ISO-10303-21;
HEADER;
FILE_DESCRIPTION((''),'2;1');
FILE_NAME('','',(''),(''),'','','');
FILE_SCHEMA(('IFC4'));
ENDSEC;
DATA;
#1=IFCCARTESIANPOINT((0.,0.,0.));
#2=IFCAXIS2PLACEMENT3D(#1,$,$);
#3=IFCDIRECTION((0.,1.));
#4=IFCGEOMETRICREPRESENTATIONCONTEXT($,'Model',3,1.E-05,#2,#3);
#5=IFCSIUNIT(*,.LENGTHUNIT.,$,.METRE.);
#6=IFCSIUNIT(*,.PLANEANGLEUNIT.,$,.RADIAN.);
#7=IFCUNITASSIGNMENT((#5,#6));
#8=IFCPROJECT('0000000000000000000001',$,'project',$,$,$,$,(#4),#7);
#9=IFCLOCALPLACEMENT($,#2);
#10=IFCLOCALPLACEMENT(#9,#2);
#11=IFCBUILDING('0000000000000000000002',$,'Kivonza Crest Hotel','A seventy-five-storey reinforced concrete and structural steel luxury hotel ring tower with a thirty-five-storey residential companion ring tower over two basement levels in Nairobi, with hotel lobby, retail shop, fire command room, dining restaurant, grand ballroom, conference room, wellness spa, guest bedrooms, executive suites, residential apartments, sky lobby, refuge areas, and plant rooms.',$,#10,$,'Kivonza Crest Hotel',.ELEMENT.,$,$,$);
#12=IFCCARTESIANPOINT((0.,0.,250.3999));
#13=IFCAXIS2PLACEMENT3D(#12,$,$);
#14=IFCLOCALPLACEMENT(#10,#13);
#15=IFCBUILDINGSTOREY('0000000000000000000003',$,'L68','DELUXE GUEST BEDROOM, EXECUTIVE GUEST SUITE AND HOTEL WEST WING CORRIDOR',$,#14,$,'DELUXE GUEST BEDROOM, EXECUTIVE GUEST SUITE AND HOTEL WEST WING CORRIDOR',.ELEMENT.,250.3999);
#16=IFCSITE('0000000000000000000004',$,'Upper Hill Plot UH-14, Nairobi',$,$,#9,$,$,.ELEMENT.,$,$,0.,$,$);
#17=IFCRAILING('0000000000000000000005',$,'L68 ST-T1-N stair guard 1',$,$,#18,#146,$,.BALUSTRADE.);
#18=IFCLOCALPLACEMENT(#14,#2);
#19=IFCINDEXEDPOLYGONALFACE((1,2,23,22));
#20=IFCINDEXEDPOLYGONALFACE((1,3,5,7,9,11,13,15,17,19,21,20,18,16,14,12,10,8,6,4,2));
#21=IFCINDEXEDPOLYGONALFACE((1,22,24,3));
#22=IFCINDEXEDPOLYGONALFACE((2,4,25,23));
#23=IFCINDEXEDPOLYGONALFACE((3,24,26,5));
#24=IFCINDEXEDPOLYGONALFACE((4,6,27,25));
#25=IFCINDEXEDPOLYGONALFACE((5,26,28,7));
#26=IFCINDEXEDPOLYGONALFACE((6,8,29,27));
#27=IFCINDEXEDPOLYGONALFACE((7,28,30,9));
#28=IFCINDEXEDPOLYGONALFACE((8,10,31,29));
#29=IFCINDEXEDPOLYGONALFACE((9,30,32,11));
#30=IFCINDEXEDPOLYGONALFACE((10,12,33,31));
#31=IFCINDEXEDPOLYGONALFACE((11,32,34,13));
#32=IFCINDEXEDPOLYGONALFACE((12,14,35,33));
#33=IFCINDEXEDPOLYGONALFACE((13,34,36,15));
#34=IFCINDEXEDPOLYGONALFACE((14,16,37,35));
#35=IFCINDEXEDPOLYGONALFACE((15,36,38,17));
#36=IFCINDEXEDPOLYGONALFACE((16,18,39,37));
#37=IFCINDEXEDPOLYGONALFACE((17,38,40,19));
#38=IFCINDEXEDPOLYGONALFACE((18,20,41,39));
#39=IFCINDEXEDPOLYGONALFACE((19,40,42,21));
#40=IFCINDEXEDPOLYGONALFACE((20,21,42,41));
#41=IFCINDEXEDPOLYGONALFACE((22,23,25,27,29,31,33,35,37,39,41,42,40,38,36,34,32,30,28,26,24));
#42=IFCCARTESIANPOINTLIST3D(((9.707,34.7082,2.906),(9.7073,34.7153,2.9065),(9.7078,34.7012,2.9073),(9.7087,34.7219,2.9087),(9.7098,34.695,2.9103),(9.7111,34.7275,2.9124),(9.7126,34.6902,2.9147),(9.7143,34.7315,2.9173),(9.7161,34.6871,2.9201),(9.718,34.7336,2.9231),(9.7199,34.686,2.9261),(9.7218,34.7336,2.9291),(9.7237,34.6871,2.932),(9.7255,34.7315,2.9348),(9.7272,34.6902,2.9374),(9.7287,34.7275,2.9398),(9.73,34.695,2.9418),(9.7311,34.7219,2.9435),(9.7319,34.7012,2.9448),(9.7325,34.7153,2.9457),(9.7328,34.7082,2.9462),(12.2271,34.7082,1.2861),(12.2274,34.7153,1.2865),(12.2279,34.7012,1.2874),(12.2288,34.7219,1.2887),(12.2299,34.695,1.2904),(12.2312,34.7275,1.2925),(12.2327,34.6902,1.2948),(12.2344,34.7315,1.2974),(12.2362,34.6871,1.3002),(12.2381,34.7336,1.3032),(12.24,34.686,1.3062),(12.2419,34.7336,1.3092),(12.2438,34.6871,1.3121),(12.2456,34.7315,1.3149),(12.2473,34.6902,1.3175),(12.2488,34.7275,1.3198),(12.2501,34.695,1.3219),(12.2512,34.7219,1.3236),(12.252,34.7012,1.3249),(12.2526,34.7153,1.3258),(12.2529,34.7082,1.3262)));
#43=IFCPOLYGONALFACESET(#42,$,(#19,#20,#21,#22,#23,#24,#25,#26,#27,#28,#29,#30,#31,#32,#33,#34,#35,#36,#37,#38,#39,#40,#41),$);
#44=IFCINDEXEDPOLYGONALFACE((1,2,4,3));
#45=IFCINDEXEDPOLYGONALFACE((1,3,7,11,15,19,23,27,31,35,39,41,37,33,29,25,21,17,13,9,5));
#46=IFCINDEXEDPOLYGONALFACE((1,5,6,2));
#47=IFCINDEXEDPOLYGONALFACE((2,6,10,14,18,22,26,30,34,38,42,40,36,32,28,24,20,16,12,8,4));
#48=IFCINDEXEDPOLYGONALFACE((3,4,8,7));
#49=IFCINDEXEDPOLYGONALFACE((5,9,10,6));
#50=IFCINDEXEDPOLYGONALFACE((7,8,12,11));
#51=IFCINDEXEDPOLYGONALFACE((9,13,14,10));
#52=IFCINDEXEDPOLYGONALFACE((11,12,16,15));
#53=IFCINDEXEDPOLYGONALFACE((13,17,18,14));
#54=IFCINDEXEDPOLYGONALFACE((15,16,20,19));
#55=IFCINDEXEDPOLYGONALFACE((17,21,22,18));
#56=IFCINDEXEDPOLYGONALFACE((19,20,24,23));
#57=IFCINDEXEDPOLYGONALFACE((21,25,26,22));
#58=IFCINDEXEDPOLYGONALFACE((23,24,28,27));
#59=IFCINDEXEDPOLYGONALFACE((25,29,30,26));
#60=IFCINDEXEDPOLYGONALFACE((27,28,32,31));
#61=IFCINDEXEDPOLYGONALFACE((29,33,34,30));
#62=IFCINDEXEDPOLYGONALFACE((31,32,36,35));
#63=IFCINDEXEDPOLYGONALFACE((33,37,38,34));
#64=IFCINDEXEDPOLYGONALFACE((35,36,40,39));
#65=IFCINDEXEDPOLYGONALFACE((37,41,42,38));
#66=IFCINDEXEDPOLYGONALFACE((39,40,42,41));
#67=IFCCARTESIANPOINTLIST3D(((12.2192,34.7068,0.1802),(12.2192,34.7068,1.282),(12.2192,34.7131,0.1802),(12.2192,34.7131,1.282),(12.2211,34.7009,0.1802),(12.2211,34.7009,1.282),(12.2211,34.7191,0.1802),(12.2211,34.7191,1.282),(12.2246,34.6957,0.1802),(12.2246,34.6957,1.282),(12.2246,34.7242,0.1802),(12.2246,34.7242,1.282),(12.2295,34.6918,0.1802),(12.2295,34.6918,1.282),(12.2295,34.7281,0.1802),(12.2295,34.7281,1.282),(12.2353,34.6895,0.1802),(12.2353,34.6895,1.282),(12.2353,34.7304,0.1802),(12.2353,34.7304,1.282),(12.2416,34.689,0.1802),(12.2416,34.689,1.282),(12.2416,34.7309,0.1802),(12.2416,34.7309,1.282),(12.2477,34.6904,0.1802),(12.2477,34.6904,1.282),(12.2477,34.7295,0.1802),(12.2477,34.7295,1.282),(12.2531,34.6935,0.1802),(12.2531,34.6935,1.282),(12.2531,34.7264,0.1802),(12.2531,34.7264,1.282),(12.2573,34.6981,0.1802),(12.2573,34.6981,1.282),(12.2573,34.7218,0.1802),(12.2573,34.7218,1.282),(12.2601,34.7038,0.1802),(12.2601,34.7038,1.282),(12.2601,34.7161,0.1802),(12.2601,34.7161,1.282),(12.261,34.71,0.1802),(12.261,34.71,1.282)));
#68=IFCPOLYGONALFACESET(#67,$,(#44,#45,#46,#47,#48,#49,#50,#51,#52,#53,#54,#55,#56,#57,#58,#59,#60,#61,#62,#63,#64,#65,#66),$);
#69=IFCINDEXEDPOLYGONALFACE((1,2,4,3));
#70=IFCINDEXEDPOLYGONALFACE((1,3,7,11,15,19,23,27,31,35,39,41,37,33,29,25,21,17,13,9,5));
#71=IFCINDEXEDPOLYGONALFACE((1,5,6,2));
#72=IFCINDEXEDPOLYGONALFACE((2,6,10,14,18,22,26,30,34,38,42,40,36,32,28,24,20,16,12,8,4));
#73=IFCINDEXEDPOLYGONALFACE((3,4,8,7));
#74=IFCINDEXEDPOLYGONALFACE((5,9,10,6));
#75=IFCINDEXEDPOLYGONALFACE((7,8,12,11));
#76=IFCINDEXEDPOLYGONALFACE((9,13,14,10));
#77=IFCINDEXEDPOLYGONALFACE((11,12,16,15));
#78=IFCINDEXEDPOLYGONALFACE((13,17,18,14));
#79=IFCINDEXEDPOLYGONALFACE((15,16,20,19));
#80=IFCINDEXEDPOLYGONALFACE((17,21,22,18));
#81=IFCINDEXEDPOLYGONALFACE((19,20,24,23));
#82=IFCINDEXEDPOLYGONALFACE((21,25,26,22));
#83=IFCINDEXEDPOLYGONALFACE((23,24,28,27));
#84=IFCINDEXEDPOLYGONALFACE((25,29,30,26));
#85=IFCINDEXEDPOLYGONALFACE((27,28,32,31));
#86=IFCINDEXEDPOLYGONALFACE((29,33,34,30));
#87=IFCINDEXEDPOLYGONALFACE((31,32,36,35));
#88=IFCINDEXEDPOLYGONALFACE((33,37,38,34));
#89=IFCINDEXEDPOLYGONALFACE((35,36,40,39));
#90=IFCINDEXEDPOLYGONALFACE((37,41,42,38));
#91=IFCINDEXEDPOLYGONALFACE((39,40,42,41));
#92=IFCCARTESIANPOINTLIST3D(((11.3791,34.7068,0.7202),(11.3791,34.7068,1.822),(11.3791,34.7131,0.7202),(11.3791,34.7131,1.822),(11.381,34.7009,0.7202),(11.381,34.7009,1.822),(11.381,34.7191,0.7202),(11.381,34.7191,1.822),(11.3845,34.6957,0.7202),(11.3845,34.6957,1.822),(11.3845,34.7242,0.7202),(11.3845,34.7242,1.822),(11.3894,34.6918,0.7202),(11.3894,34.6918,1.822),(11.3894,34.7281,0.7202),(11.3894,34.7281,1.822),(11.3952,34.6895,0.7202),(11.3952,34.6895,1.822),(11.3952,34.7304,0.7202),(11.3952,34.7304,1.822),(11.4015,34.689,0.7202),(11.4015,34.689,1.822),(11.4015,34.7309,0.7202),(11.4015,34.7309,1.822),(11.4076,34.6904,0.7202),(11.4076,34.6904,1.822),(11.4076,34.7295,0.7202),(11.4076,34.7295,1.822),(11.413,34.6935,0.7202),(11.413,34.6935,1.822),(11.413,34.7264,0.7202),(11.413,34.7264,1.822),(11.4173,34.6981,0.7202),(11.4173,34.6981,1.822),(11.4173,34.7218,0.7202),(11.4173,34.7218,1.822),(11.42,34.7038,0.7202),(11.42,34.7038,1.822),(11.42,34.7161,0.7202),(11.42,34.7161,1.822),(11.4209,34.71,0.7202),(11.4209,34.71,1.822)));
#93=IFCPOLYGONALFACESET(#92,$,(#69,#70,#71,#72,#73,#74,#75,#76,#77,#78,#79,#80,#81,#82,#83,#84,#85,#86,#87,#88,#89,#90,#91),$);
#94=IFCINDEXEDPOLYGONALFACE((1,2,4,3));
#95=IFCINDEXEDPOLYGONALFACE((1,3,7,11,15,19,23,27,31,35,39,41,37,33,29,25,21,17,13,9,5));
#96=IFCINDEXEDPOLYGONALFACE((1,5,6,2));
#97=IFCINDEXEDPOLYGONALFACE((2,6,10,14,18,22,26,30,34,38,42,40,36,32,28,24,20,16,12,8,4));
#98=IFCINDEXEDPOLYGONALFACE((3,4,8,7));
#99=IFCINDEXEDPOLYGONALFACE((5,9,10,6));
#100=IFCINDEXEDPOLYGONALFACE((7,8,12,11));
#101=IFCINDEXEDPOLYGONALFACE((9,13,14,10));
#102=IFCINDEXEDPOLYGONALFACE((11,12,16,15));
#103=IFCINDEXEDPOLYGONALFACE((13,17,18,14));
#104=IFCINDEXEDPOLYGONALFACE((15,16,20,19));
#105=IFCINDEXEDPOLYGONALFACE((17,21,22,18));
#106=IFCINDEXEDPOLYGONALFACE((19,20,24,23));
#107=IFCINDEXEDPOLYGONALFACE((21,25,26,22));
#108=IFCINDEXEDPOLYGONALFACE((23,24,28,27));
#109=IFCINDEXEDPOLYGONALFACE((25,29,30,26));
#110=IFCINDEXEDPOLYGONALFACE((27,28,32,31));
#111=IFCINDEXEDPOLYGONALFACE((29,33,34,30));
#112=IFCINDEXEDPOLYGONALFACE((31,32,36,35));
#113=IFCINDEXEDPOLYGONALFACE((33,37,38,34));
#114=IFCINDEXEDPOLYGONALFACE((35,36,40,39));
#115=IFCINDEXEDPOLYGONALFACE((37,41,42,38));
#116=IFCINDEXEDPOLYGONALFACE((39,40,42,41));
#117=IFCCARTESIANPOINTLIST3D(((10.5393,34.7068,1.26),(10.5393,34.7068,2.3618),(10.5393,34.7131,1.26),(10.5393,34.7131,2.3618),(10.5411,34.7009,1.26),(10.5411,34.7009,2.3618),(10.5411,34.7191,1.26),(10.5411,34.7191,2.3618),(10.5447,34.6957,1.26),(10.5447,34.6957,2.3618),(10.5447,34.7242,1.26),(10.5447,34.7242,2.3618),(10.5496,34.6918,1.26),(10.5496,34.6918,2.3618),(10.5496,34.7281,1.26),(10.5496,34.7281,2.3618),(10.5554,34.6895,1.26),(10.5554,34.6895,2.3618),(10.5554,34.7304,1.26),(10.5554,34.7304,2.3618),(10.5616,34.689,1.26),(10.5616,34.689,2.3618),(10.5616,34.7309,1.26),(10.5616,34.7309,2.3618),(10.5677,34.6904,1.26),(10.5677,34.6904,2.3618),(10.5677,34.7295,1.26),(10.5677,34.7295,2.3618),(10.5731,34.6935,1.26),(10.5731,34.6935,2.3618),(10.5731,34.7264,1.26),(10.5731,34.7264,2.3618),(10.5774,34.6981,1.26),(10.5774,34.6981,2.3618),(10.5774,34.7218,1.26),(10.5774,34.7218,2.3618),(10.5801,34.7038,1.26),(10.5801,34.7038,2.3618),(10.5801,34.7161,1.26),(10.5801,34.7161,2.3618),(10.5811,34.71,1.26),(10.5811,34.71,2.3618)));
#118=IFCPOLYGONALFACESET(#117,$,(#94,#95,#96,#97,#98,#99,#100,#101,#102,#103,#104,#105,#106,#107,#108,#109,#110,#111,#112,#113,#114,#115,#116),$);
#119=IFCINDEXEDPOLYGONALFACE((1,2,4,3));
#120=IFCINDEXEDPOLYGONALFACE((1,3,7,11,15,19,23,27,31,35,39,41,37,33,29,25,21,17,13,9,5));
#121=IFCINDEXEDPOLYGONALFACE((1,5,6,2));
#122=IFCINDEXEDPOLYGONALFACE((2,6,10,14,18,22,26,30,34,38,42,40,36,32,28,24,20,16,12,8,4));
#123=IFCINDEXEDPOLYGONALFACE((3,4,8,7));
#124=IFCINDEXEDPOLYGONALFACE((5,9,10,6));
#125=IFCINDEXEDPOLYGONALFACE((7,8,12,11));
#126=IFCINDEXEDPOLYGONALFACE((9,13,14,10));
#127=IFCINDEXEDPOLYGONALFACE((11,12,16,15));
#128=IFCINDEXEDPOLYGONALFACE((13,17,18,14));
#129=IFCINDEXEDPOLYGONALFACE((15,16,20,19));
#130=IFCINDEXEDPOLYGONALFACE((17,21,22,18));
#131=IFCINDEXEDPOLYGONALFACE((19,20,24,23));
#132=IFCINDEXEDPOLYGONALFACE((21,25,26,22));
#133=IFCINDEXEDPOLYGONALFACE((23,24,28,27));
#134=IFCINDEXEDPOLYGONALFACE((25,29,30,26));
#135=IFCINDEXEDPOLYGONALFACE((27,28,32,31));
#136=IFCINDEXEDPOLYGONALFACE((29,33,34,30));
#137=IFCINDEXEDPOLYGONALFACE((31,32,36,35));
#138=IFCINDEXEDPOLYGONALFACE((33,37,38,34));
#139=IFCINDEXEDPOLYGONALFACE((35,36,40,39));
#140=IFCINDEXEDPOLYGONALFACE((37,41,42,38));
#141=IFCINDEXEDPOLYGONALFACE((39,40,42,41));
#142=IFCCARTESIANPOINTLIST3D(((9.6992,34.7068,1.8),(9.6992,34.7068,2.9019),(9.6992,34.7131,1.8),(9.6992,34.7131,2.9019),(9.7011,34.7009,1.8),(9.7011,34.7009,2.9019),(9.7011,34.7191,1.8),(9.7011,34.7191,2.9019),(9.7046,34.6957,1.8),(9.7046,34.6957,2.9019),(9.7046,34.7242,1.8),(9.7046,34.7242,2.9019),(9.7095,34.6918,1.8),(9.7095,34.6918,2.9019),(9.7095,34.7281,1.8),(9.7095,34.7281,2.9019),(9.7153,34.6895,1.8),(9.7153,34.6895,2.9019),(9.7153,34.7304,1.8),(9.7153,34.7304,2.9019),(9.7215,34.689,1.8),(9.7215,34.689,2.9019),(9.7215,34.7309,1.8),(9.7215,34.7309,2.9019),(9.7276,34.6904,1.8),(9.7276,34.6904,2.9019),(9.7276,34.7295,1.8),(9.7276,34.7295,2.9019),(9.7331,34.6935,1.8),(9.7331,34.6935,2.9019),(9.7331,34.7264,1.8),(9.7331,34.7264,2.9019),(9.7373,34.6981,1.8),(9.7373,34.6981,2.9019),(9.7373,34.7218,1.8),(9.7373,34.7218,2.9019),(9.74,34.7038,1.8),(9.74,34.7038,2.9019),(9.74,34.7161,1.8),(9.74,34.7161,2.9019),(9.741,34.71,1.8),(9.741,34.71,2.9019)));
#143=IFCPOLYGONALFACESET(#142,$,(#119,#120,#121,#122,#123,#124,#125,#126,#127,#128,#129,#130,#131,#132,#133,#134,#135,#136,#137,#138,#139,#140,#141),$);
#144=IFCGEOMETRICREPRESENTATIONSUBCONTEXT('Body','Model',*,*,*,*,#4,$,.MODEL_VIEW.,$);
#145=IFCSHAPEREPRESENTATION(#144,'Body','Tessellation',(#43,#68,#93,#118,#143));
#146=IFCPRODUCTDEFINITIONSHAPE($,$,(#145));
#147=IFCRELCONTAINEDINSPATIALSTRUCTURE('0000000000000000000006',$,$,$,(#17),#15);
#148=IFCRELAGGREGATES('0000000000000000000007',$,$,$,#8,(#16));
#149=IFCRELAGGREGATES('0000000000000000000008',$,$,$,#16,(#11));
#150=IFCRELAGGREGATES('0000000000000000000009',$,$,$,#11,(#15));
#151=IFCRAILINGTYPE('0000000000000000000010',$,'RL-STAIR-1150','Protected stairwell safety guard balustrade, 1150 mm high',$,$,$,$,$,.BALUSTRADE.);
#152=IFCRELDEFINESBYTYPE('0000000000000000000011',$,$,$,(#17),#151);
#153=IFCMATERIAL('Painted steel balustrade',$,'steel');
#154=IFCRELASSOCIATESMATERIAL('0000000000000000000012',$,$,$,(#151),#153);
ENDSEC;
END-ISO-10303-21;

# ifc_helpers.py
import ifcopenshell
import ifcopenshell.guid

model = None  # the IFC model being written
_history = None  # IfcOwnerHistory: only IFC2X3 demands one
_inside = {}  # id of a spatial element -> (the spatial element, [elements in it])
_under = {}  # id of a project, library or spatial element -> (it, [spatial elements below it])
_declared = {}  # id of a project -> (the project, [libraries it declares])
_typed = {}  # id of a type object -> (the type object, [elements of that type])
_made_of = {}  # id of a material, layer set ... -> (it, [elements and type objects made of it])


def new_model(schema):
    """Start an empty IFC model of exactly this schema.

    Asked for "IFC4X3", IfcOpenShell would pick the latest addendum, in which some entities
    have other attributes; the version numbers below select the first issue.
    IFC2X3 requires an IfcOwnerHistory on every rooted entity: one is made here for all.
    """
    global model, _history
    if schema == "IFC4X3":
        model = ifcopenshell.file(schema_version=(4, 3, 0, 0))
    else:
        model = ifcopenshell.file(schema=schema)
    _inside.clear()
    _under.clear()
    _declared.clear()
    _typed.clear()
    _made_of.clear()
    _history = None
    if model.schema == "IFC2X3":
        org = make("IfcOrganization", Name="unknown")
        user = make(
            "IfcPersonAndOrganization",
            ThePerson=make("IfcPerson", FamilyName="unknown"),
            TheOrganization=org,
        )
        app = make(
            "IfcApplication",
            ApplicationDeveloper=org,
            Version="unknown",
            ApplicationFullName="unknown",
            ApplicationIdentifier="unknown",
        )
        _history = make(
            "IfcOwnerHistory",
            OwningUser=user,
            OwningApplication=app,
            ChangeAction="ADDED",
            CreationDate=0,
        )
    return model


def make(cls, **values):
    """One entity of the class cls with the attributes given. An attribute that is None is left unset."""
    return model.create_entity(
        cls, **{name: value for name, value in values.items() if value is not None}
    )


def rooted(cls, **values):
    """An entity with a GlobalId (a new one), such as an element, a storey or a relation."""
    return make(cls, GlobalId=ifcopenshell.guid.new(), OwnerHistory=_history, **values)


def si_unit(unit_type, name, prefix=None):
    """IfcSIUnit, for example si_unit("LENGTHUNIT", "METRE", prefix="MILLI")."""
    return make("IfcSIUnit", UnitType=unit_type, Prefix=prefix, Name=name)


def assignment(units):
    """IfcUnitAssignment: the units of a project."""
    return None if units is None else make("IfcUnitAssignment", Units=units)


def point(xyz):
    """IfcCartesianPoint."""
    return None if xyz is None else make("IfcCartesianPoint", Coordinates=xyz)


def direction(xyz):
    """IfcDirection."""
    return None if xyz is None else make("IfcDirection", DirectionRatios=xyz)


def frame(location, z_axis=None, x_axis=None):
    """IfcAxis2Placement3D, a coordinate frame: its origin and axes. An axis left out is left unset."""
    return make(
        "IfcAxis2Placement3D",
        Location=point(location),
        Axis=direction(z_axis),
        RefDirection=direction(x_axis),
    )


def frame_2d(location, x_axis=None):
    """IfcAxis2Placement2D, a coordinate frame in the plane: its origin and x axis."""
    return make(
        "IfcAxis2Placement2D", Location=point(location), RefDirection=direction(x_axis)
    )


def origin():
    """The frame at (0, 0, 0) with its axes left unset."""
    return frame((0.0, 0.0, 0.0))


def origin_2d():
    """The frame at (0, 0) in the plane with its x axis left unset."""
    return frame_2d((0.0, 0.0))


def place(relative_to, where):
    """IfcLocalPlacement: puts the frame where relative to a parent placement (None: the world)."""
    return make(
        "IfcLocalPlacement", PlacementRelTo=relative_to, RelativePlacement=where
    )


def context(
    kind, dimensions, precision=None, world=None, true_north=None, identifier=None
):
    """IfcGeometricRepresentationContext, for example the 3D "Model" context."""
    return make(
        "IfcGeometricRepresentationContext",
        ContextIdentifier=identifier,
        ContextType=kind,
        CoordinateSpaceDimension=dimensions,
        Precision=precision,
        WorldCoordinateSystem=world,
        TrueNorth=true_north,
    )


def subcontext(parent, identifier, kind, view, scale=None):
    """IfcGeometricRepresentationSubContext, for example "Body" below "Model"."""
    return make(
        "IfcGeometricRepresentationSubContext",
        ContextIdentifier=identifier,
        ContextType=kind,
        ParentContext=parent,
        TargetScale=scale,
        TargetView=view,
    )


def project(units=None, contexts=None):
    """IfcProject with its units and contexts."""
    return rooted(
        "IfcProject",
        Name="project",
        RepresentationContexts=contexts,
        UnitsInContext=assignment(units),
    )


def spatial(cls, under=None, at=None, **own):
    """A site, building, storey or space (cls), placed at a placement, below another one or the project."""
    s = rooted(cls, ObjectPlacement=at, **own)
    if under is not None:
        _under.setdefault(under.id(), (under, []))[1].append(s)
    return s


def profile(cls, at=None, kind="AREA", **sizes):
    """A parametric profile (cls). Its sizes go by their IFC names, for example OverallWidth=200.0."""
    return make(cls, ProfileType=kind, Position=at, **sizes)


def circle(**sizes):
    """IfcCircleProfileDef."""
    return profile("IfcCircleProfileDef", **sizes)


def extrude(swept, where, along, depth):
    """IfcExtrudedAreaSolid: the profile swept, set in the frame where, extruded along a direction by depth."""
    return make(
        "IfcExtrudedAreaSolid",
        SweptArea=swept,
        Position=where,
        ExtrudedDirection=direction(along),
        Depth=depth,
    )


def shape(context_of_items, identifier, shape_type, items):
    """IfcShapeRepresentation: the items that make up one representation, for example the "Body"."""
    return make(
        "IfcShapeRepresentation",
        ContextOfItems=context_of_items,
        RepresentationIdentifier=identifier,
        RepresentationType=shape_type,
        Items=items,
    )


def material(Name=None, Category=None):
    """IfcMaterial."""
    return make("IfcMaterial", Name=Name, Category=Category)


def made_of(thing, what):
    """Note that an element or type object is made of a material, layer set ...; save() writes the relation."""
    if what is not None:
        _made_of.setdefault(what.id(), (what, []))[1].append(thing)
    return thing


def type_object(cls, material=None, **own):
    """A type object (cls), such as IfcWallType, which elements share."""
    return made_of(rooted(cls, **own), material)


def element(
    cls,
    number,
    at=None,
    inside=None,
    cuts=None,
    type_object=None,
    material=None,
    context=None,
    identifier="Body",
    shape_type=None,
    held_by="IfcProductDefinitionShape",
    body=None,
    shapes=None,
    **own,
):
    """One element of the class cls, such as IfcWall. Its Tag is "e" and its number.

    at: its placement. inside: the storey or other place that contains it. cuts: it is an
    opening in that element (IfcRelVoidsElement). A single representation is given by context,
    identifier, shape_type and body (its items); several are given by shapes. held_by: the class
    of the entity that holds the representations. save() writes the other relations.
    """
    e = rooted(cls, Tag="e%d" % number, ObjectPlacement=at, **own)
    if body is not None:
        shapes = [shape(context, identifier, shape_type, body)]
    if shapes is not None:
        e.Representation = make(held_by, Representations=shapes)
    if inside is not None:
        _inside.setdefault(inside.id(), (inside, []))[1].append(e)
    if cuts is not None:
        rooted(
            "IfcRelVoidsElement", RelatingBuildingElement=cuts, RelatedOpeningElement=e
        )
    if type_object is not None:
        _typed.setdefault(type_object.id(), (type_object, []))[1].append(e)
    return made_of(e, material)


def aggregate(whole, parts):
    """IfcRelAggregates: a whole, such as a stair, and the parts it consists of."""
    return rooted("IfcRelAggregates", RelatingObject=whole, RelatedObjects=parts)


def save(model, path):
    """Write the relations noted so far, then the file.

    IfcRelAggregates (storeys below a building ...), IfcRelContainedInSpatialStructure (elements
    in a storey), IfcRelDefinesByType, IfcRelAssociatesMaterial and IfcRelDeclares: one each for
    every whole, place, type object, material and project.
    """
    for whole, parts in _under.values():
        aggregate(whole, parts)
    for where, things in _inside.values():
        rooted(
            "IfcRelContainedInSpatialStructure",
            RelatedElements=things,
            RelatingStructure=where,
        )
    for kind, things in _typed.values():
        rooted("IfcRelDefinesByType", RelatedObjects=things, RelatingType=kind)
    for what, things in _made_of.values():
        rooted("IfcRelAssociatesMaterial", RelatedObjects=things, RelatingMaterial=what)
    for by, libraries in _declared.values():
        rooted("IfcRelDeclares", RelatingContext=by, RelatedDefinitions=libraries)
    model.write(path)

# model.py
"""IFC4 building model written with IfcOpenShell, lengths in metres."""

from ifc_helpers import new_model, si_unit, direction, frame, origin, origin_2d, place, context, subcontext, project, spatial, circle, extrude, material, type_object, element, save


model = new_model("IFC4")

# Units and contexts
model_context = context("Model", 3, precision=1e-05, world=origin(), true_north=direction((0.0, 1.0)))
body_context = subcontext(model_context, "Body", "Model", "MODEL_VIEW")
ifc_project = project(units=[si_unit("LENGTHUNIT", "METRE"), si_unit("PLANEANGLEUNIT", "RADIAN")], contexts=[model_context])

# Site, building, storey
site_placement = place(None, origin())
site = spatial("IfcSite", under=ifc_project, at=site_placement, Name="Upper Hill Plot UH-14, Nairobi", CompositionType="ELEMENT", RefElevation=0.0)
building_placement = place(site_placement, origin())
building = spatial("IfcBuilding", under=site, at=building_placement, Name="Kivonza Crest Hotel", Description="A seventy-five-storey reinforced concrete and structural steel luxury hotel ring tower with a thirty-five-storey residential companion ring tower over two basement levels in Nairobi, with hotel lobby, retail shop, fire command room, dining restaurant, grand ballroom, conference room, wellness spa, guest bedrooms, executive suites, residential apartments, sky lobby, refuge areas, and plant rooms.", LongName="Kivonza Crest Hotel", CompositionType="ELEMENT")
storey_placement = place(building_placement, frame((0.0, 0.0, 250.3999)))
storey = spatial("IfcBuildingStorey", under=building, at=storey_placement, Name="L68", Description="DELUXE GUEST BEDROOM, EXECUTIVE GUEST SUITE AND HOTEL WEST WING CORRIDOR", LongName="DELUXE GUEST BEDROOM, EXECUTIVE GUEST SUITE AND HOTEL WEST WING CORRIDOR", CompositionType="ELEMENT", Elevation=250.3999)

# Railing
ifc_material_1 = material(Name="Painted steel balustrade", Category="steel")
railing_type_1 = type_object("IfcRailingType", Name="RL-STAIR-1150", Description="Protected stairwell safety guard balustrade, 1150 mm high", PredefinedType="BALUSTRADE", material=ifc_material_1)
railing_1_placement = place(storey_placement, frame((12.24, 34.71, 0.1802)))
element("IfcRailing", 1, at=railing_1_placement, inside=storey, type_object=railing_type_1, Name="L68 ST-T1-N stair guard 1", PredefinedType="BALUSTRADE", context=body_context, shape_type="SweptSolid", body=[
    extrude(circle(Radius=0.0239, at=origin_2d()), frame((0.0, 0.0, 1.126), z_axis=(-0.8412, 0.0, 0.540725), x_axis=(0.0, -1.0, 0.0)), (0.0, 0.0, 1.0), 2.9958),
    extrude(circle(Radius=0.021, at=origin_2d()), origin(), (0.0, 0.0, 1.0), 1.1018),
    extrude(circle(Radius=0.021, at=origin_2d()), frame((-0.8401, 0.0, 0.54)), (0.0, 0.0, 1.0), 1.1018),
    extrude(circle(Radius=0.021, at=origin_2d()), frame((-1.6799, 0.0, 1.0798)), (0.0, 0.0, 1.0), 1.1018),
    extrude(circle(Radius=0.021, at=origin_2d()), frame((-2.52, 0.0, 1.6199)), (0.0, 0.0, 1.0), 1.1018),
])

save(model, "model.ifc")
